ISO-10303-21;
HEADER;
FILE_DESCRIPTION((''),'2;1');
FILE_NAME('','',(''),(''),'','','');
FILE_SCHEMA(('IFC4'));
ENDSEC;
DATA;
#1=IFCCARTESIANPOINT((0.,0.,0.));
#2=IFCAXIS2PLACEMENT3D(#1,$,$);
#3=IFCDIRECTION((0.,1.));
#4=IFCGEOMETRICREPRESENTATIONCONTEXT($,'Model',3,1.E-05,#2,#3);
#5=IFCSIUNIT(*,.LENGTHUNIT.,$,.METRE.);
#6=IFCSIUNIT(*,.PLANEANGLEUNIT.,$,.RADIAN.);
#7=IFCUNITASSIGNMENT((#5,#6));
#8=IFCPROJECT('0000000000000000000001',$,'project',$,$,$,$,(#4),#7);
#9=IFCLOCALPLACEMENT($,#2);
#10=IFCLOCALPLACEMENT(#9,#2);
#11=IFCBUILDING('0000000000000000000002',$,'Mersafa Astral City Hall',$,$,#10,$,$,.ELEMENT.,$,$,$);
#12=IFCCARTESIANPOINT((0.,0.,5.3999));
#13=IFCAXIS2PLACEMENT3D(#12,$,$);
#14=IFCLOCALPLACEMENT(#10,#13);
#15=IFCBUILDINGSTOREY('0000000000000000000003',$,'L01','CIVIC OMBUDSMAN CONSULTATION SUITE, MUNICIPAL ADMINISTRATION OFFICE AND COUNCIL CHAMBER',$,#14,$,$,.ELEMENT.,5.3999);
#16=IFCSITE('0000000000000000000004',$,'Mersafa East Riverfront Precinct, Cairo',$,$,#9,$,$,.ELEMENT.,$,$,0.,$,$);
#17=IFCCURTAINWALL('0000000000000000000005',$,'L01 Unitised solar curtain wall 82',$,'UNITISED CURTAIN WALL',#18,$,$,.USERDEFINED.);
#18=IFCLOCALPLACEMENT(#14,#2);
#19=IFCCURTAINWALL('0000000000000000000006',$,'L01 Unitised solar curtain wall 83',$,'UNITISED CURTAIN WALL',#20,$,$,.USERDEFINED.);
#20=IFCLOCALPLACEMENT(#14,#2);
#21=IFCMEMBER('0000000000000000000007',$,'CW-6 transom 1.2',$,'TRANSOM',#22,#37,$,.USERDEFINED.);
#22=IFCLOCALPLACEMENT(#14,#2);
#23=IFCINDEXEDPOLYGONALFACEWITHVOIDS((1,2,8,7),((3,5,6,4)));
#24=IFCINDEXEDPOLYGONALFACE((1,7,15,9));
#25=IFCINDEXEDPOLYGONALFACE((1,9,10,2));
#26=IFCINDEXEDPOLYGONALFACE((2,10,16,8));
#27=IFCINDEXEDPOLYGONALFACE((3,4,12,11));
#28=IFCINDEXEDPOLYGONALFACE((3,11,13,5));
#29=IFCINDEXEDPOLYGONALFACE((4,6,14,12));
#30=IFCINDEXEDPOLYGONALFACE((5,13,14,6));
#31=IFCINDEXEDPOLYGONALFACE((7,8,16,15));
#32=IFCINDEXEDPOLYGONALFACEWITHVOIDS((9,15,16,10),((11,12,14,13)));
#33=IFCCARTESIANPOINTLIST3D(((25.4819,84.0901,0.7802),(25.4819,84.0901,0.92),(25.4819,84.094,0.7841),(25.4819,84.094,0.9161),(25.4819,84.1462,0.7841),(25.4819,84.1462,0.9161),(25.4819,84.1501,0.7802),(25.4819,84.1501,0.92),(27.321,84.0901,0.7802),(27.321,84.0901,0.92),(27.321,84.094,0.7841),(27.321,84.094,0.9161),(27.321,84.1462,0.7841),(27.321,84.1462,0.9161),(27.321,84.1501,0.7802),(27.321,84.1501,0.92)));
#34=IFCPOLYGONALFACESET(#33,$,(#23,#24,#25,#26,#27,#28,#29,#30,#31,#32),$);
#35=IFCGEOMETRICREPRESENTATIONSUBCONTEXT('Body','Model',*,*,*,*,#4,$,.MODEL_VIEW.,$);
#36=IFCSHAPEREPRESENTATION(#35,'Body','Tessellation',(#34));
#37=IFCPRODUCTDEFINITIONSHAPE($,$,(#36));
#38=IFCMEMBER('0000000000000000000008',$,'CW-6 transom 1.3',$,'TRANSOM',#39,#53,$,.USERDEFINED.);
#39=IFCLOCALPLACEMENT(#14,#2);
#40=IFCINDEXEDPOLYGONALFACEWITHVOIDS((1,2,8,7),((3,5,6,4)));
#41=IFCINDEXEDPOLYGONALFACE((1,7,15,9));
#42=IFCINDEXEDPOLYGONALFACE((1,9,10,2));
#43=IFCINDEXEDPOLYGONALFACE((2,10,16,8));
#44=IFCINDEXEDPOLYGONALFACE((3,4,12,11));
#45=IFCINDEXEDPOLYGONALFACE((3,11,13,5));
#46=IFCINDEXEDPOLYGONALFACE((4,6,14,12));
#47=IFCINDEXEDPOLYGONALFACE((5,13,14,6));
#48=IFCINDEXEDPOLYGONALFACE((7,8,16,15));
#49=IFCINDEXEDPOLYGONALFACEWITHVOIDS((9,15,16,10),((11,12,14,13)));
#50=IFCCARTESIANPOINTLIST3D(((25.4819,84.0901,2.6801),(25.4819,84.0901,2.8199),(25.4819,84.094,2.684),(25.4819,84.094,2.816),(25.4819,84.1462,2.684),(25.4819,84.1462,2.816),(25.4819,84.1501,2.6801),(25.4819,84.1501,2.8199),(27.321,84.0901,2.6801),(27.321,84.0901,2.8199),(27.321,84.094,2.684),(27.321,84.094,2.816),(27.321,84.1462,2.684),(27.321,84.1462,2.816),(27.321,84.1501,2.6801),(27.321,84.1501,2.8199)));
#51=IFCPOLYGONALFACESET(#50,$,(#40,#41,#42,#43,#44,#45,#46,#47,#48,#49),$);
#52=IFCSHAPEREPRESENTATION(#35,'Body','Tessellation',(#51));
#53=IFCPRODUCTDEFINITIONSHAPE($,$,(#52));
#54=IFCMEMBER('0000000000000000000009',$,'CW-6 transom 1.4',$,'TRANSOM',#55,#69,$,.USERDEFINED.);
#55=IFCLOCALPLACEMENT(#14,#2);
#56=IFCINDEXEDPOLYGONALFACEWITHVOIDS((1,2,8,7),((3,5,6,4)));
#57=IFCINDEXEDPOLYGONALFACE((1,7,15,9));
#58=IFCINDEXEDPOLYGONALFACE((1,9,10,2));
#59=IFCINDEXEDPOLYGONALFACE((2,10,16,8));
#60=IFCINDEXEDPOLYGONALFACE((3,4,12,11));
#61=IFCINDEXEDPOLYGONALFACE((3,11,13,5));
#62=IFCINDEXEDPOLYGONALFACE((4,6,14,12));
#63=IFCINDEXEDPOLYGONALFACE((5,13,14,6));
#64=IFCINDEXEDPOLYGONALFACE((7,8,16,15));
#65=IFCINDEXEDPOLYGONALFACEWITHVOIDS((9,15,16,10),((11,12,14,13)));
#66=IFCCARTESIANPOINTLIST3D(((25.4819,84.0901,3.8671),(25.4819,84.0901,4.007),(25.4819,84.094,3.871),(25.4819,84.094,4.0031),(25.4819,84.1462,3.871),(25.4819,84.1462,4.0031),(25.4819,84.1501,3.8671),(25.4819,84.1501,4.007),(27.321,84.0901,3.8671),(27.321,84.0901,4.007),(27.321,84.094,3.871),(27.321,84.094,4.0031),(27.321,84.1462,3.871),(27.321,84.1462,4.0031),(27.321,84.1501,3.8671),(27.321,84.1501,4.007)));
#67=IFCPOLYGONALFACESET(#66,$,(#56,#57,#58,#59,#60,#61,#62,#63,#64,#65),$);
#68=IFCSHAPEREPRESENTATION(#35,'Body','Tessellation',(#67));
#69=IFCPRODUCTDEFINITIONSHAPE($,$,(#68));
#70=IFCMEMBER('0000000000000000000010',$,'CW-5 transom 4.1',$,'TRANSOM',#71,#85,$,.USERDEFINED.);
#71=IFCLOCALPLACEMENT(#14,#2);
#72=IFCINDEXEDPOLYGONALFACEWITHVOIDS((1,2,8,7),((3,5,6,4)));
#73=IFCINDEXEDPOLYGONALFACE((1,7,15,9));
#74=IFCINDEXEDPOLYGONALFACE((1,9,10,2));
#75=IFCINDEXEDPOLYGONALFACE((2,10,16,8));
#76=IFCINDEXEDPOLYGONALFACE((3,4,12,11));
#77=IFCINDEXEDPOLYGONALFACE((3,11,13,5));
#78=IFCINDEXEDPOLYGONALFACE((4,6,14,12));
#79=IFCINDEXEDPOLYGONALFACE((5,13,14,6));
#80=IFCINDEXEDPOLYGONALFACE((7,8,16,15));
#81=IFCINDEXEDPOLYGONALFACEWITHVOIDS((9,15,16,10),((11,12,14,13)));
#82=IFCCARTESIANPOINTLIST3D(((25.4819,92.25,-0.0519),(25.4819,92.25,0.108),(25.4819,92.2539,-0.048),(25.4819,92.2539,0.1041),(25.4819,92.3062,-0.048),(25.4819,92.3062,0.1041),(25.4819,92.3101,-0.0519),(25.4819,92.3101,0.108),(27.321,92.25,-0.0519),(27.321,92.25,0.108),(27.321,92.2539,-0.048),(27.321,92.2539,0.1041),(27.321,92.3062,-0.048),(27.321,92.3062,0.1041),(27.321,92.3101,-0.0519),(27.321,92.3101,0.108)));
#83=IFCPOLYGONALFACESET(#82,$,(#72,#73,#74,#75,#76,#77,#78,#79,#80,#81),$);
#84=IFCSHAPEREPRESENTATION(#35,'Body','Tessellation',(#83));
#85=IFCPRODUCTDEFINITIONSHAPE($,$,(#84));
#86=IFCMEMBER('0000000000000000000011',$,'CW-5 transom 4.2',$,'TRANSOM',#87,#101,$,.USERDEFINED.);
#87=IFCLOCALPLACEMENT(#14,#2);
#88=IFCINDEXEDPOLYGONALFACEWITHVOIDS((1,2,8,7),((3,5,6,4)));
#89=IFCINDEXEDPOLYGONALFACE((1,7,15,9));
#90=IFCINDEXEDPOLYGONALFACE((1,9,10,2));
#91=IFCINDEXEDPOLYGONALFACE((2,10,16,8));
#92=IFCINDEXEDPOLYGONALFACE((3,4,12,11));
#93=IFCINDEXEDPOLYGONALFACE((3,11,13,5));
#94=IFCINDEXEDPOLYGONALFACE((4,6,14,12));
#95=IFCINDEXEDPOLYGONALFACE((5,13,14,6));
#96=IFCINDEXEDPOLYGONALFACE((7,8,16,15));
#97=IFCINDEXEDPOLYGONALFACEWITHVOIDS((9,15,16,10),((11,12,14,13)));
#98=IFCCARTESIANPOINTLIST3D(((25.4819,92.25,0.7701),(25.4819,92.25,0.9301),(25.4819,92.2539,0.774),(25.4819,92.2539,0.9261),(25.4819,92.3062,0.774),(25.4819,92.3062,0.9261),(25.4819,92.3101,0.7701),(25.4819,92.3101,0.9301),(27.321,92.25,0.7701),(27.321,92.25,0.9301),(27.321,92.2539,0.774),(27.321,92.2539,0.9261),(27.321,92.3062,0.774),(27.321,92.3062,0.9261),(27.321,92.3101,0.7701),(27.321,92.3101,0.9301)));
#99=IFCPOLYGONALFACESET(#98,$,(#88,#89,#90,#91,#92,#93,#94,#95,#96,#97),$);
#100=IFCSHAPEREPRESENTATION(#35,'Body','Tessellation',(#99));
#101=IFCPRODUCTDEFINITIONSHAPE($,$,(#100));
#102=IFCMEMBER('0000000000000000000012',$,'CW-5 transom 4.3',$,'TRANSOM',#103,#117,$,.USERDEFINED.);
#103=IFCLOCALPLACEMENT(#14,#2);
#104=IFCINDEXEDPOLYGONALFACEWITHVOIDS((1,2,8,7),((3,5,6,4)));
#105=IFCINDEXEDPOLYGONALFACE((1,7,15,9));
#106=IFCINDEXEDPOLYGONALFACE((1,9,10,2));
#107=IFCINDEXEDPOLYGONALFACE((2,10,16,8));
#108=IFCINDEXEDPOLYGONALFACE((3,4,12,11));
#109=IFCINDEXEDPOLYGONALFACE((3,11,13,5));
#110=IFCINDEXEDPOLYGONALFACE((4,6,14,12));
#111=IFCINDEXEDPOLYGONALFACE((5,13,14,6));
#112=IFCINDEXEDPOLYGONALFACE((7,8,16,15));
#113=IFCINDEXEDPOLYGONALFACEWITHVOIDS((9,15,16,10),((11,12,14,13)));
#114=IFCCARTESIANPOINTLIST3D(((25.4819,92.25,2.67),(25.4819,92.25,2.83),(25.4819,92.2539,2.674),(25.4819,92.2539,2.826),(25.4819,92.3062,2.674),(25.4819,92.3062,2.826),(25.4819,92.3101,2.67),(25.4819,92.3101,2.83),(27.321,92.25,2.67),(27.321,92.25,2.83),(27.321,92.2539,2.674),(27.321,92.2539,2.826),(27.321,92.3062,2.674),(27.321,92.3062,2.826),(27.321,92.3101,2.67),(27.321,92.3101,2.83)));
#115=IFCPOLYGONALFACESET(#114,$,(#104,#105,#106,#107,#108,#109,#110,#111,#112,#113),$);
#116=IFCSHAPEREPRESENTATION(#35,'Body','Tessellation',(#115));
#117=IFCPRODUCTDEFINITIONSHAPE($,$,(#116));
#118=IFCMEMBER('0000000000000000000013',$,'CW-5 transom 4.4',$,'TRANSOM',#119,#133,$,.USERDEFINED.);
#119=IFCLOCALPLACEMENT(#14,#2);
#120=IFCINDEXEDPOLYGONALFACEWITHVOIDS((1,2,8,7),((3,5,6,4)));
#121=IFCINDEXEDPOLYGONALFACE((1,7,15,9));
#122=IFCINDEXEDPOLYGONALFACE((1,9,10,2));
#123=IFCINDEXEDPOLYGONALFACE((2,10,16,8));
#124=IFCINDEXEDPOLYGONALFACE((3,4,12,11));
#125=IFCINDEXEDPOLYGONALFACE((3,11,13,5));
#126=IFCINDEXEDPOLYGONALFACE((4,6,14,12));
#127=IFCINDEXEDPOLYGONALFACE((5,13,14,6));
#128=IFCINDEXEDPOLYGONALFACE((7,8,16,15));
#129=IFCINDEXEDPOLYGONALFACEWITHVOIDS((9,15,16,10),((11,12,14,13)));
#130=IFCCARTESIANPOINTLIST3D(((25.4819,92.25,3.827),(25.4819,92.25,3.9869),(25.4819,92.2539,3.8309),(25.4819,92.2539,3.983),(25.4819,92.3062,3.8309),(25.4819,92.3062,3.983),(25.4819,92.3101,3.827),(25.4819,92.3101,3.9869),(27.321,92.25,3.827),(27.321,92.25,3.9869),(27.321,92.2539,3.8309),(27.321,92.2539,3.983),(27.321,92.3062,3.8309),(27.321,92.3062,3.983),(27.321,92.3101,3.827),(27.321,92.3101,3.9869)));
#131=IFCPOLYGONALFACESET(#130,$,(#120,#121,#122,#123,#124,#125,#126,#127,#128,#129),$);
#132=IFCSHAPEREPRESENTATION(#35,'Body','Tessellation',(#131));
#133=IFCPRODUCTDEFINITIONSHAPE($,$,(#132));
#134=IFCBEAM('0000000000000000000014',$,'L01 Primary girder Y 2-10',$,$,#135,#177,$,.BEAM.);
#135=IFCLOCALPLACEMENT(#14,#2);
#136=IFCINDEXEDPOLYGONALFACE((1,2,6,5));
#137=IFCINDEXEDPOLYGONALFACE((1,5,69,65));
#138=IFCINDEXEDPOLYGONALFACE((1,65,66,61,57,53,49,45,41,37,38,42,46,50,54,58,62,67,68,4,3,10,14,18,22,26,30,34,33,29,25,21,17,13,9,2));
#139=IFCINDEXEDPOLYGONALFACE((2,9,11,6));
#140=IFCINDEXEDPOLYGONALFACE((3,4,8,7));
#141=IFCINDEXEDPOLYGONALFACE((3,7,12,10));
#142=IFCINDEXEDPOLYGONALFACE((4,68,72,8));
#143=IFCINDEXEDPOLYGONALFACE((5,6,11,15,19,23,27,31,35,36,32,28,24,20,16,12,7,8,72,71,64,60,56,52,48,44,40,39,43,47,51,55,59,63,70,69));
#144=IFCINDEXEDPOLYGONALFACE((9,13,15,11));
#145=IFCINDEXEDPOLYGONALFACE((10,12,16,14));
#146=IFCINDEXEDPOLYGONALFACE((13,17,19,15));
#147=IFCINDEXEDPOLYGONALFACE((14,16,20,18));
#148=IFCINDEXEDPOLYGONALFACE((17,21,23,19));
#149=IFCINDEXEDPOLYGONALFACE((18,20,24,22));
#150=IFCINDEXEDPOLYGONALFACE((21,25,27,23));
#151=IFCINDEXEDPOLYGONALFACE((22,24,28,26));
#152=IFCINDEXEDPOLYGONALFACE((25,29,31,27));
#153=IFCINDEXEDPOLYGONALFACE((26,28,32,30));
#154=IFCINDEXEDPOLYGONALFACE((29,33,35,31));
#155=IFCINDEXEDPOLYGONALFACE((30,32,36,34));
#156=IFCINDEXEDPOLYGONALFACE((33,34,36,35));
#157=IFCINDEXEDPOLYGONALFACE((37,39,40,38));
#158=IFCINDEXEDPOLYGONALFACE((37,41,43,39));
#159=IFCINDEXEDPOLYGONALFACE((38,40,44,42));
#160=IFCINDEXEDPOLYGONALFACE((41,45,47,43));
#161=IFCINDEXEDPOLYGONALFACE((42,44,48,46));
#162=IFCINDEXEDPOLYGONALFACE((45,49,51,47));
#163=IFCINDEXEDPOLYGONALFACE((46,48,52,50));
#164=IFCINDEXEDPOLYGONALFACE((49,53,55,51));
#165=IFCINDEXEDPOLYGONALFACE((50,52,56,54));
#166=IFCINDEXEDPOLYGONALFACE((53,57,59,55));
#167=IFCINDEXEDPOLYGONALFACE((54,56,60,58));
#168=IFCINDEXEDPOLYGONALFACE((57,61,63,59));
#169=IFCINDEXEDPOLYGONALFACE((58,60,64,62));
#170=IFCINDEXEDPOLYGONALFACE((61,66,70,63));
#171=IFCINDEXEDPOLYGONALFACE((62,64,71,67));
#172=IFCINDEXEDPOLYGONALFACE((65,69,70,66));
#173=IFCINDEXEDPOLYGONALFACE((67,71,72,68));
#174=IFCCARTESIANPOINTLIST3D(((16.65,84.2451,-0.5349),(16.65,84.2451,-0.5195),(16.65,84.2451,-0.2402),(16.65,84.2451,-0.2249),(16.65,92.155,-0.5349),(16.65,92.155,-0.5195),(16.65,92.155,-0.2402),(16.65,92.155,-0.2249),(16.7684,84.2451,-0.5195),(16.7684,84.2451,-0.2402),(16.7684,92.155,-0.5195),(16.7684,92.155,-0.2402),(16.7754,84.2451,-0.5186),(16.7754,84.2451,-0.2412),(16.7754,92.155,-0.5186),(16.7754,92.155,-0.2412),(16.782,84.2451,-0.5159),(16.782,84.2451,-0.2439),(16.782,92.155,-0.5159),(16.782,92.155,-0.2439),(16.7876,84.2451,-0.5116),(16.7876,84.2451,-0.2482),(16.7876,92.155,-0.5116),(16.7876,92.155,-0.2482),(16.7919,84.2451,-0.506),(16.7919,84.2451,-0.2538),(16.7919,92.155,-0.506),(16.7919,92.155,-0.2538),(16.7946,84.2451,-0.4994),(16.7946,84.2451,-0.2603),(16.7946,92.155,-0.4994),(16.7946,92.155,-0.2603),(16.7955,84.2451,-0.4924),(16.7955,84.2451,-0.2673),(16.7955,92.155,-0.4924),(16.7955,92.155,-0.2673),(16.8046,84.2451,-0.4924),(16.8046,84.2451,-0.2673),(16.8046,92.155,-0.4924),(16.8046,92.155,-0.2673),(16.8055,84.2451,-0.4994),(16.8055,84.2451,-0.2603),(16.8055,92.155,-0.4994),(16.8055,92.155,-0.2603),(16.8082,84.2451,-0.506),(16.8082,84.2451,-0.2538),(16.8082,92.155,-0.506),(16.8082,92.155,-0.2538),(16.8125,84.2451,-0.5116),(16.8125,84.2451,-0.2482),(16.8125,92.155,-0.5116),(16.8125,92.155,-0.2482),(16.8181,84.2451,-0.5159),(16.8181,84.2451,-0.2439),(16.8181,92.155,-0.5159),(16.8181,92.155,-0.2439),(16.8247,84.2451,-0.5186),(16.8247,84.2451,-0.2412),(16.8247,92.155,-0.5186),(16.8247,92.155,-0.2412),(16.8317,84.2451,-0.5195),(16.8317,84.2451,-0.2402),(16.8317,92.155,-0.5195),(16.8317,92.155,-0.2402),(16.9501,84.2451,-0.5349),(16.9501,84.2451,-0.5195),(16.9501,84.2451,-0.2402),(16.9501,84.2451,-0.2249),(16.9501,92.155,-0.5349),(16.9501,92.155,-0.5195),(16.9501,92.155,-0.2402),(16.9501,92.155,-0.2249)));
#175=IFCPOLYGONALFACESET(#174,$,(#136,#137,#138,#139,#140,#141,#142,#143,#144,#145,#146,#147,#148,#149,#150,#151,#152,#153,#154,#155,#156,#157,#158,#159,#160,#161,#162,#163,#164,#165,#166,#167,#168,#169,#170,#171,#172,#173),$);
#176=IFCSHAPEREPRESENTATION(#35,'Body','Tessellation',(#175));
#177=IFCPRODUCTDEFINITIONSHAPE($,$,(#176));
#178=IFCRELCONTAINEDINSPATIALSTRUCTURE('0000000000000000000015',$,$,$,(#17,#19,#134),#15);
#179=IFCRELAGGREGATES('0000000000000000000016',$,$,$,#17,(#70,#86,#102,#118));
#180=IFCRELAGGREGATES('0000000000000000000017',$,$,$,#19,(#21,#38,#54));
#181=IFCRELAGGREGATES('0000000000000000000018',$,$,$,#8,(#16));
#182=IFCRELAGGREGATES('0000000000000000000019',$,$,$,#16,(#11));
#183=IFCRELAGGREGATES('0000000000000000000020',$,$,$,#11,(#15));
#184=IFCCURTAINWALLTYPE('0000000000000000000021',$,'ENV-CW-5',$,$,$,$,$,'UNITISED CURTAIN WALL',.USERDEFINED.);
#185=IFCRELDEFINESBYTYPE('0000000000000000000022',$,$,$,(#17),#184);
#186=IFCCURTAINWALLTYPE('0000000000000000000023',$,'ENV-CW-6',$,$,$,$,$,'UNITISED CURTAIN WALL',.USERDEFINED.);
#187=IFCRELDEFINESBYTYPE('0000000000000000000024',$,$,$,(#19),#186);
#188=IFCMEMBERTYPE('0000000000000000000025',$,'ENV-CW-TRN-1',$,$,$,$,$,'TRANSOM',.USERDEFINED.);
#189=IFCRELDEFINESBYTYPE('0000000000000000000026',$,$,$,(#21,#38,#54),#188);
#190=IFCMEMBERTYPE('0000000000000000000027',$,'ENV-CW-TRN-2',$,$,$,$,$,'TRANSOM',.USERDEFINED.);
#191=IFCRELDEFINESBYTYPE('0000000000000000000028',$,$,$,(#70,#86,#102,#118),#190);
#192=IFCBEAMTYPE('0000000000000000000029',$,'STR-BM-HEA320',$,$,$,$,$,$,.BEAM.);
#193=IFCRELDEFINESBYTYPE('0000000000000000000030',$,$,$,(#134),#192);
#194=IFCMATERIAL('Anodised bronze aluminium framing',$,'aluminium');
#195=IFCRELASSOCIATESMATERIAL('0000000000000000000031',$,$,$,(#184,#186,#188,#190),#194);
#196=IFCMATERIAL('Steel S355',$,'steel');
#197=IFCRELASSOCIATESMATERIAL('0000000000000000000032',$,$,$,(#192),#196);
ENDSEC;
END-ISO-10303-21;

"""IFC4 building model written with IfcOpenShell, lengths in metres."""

from ifc_helpers import new_model, si_unit, direction, frame, origin, origin_2d, place, context, subcontext, project, spatial, hollow_rectangle, i_section, extrude, material, material_profile, profile_set, type_object, element, aggregate, save


model = new_model("IFC4")

# Units and contexts
model_context = context("Model", 3, precision=1e-05, world=origin(), true_north=direction((0.0, 1.0)))
body_context = subcontext(model_context, "Body", "Model", "MODEL_VIEW")
ifc_project = project(units=[si_unit("LENGTHUNIT", "METRE"), si_unit("PLANEANGLEUNIT", "RADIAN")], contexts=[model_context])

# Site, building, storey
site_placement = place(None, origin())
site = spatial("IfcSite", under=ifc_project, at=site_placement, Name="Mersafa East Riverfront Precinct, Cairo", CompositionType="ELEMENT", RefElevation=0.0)
building_placement = place(site_placement, origin())
building = spatial("IfcBuilding", under=site, at=building_placement, Name="Mersafa Astral City Hall", CompositionType="ELEMENT")
storey_placement = place(building_placement, frame((0.0, 0.0, 5.3999)))
storey = spatial("IfcBuildingStorey", under=building, at=storey_placement, Name="L01", Description="CIVIC OMBUDSMAN CONSULTATION SUITE, MUNICIPAL ADMINISTRATION OFFICE AND COUNCIL CHAMBER", CompositionType="ELEMENT", Elevation=5.3999)

# Shared definitions
ifc_material_1 = material(Name="Steel S355", Category="steel")

# Curtain walls, members
ifc_material_2 = material(Name="Anodised bronze aluminium framing", Category="aluminium")
curtain_wall_type_1 = type_object("IfcCurtainWallType", Name="ENV-CW-5", ElementType="UNITISED CURTAIN WALL", PredefinedType="USERDEFINED", material=ifc_material_2)
curtain_wall_1_placement = place(storey_placement, origin())
curtain_wall_1 = element("IfcCurtainWall", 1, at=curtain_wall_1_placement, inside=storey, type_object=curtain_wall_type_1, Name="L01 Unitised solar curtain wall 82", ObjectType="UNITISED CURTAIN WALL", PredefinedType="USERDEFINED")
curtain_wall_type_2 = type_object("IfcCurtainWallType", Name="ENV-CW-6", ElementType="UNITISED CURTAIN WALL", PredefinedType="USERDEFINED", material=ifc_material_2)
curtain_wall_2_placement = place(storey_placement, origin())
curtain_wall_2 = element("IfcCurtainWall", 2, at=curtain_wall_2_placement, inside=storey, type_object=curtain_wall_type_2, Name="L01 Unitised solar curtain wall 83", ObjectType="UNITISED CURTAIN WALL", PredefinedType="USERDEFINED")
ifc_material_profile_1 = material_profile(ifc_material_2, hollow_rectangle(XDim=0.0601, YDim=0.1399, WallThickness=0.0039, at=origin_2d()), Name="RHS 60x140x4")
ifc_profile_set_1 = profile_set([ifc_material_profile_1], Name="Anodised bronze aluminium framing")
member_type_1 = type_object("IfcMemberType", Name="ENV-CW-TRN-1", ElementType="TRANSOM", PredefinedType="USERDEFINED", material=ifc_profile_set_1)
member_1_placement = place(storey_placement, frame((25.4819, 84.1201, 0.8501), z_axis=(1.0, 0.0, 0.0), x_axis=(0.0, 1.0, 0.0)))
member_1 = element("IfcMember", 3, at=member_1_placement, type_object=member_type_1, Name="CW-6 transom 1.2", ObjectType="TRANSOM", PredefinedType="USERDEFINED", context=body_context, shape_type="SweptSolid", body=[
    extrude(hollow_rectangle(XDim=0.0601, YDim=0.1399, WallThickness=0.0039, at=origin_2d()), origin(), (0.0, 0.0, 1.0), 1.8391),
])
member_2_placement = place(storey_placement, frame((25.4819, 84.1201, 2.75), z_axis=(1.0, 0.0, 0.0), x_axis=(0.0, 1.0, 0.0)))
member_2 = element("IfcMember", 4, at=member_2_placement, type_object=member_type_1, Name="CW-6 transom 1.3", ObjectType="TRANSOM", PredefinedType="USERDEFINED", context=body_context, shape_type="SweptSolid", body=[
    extrude(hollow_rectangle(XDim=0.0601, YDim=0.1399, WallThickness=0.0039, at=origin_2d()), origin(), (0.0, 0.0, 1.0), 1.8391),
])
member_3_placement = place(storey_placement, frame((25.4819, 84.1201, 3.937), z_axis=(1.0, 0.0, 0.0), x_axis=(0.0, 1.0, 0.0)))
member_3 = element("IfcMember", 5, at=member_3_placement, type_object=member_type_1, Name="CW-6 transom 1.4", ObjectType="TRANSOM", PredefinedType="USERDEFINED", context=body_context, shape_type="SweptSolid", body=[
    extrude(hollow_rectangle(XDim=0.0601, YDim=0.1399, WallThickness=0.0039, at=origin_2d()), origin(), (0.0, 0.0, 1.0), 1.8391),
])

# Members
ifc_material_profile_2 = material_profile(ifc_material_2, hollow_rectangle(XDim=0.0601, YDim=0.1599, WallThickness=0.0039, at=origin_2d()), Name="RHS 60x160x4")
ifc_profile_set_2 = profile_set([ifc_material_profile_2], Name="Anodised bronze aluminium framing")
member_type_2 = type_object("IfcMemberType", Name="ENV-CW-TRN-2", ElementType="TRANSOM", PredefinedType="USERDEFINED", material=ifc_profile_set_2)
member_4_placement = place(storey_placement, frame((27.321, 92.28, 0.0281), z_axis=(-1.0, 0.0, 0.0), x_axis=(0.0, -1.0, 0.0)))
member_4 = element("IfcMember", 6, at=member_4_placement, type_object=member_type_2, Name="CW-5 transom 4.1", ObjectType="TRANSOM", PredefinedType="USERDEFINED", context=body_context, shape_type="SweptSolid", body=[
    extrude(hollow_rectangle(XDim=0.0601, YDim=0.1599, WallThickness=0.0039, at=origin_2d()), origin(), (0.0, 0.0, 1.0), 1.8391),
])
member_5_placement = place(storey_placement, frame((27.321, 92.28, 0.8501), z_axis=(-1.0, 0.0, 0.0), x_axis=(0.0, -1.0, 0.0)))
member_5 = element("IfcMember", 7, at=member_5_placement, type_object=member_type_2, Name="CW-5 transom 4.2", ObjectType="TRANSOM", PredefinedType="USERDEFINED", context=body_context, shape_type="SweptSolid", body=[
    extrude(hollow_rectangle(XDim=0.0601, YDim=0.1599, WallThickness=0.0039, at=origin_2d()), origin(), (0.0, 0.0, 1.0), 1.8391),
])
member_6_placement = place(storey_placement, frame((27.321, 92.28, 2.75), z_axis=(-1.0, 0.0, 0.0), x_axis=(0.0, -1.0, 0.0)))
member_6 = element("IfcMember", 8, at=member_6_placement, type_object=member_type_2, Name="CW-5 transom 4.3", ObjectType="TRANSOM", PredefinedType="USERDEFINED", context=body_context, shape_type="SweptSolid", body=[
    extrude(hollow_rectangle(XDim=0.0601, YDim=0.1599, WallThickness=0.0039, at=origin_2d()), origin(), (0.0, 0.0, 1.0), 1.8391),
])
member_7_placement = place(storey_placement, frame((27.321, 92.28, 3.907), z_axis=(-1.0, 0.0, 0.0), x_axis=(0.0, -1.0, 0.0)))
member_7 = element("IfcMember", 9, at=member_7_placement, type_object=member_type_2, Name="CW-5 transom 4.4", ObjectType="TRANSOM", PredefinedType="USERDEFINED", context=body_context, shape_type="SweptSolid", body=[
    extrude(hollow_rectangle(XDim=0.0601, YDim=0.1599, WallThickness=0.0039, at=origin_2d()), origin(), (0.0, 0.0, 1.0), 1.8391),
])

# Beam
ifc_material_profile_3 = material_profile(ifc_material_1, i_section(OverallWidth=0.3, OverallDepth=0.3101, WebThickness=0.009, FlangeThickness=0.0154, FilletRadius=0.0271, at=origin_2d()), Name="HEA 320")
ifc_profile_set_3 = profile_set([ifc_material_profile_3], Name="Steel S355")
beam_type_1 = type_object("IfcBeamType", Name="STR-BM-HEA320", PredefinedType="BEAM", material=ifc_profile_set_3)
beam_1_placement = place(storey_placement, frame((16.8, 84.2451, -0.3799), z_axis=(0.0, 1.0, 0.0), x_axis=(-1.0, 0.0, 0.0)))
element("IfcBeam", 10, at=beam_1_placement, inside=storey, type_object=beam_type_1, Name="L01 Primary girder Y 2-10", PredefinedType="BEAM", context=body_context, shape_type="SweptSolid", body=[
    extrude(i_section(OverallWidth=0.3, OverallDepth=0.3101, WebThickness=0.009, FlangeThickness=0.0154, FilletRadius=0.0271, at=origin_2d()), origin(), (0.0, 0.0, 1.0), 7.9099),
])

aggregate(curtain_wall_1, [member_4, member_5, member_6, member_7])
aggregate(curtain_wall_2, [member_1, member_2, member_3])

save(model, "model.ifc")
